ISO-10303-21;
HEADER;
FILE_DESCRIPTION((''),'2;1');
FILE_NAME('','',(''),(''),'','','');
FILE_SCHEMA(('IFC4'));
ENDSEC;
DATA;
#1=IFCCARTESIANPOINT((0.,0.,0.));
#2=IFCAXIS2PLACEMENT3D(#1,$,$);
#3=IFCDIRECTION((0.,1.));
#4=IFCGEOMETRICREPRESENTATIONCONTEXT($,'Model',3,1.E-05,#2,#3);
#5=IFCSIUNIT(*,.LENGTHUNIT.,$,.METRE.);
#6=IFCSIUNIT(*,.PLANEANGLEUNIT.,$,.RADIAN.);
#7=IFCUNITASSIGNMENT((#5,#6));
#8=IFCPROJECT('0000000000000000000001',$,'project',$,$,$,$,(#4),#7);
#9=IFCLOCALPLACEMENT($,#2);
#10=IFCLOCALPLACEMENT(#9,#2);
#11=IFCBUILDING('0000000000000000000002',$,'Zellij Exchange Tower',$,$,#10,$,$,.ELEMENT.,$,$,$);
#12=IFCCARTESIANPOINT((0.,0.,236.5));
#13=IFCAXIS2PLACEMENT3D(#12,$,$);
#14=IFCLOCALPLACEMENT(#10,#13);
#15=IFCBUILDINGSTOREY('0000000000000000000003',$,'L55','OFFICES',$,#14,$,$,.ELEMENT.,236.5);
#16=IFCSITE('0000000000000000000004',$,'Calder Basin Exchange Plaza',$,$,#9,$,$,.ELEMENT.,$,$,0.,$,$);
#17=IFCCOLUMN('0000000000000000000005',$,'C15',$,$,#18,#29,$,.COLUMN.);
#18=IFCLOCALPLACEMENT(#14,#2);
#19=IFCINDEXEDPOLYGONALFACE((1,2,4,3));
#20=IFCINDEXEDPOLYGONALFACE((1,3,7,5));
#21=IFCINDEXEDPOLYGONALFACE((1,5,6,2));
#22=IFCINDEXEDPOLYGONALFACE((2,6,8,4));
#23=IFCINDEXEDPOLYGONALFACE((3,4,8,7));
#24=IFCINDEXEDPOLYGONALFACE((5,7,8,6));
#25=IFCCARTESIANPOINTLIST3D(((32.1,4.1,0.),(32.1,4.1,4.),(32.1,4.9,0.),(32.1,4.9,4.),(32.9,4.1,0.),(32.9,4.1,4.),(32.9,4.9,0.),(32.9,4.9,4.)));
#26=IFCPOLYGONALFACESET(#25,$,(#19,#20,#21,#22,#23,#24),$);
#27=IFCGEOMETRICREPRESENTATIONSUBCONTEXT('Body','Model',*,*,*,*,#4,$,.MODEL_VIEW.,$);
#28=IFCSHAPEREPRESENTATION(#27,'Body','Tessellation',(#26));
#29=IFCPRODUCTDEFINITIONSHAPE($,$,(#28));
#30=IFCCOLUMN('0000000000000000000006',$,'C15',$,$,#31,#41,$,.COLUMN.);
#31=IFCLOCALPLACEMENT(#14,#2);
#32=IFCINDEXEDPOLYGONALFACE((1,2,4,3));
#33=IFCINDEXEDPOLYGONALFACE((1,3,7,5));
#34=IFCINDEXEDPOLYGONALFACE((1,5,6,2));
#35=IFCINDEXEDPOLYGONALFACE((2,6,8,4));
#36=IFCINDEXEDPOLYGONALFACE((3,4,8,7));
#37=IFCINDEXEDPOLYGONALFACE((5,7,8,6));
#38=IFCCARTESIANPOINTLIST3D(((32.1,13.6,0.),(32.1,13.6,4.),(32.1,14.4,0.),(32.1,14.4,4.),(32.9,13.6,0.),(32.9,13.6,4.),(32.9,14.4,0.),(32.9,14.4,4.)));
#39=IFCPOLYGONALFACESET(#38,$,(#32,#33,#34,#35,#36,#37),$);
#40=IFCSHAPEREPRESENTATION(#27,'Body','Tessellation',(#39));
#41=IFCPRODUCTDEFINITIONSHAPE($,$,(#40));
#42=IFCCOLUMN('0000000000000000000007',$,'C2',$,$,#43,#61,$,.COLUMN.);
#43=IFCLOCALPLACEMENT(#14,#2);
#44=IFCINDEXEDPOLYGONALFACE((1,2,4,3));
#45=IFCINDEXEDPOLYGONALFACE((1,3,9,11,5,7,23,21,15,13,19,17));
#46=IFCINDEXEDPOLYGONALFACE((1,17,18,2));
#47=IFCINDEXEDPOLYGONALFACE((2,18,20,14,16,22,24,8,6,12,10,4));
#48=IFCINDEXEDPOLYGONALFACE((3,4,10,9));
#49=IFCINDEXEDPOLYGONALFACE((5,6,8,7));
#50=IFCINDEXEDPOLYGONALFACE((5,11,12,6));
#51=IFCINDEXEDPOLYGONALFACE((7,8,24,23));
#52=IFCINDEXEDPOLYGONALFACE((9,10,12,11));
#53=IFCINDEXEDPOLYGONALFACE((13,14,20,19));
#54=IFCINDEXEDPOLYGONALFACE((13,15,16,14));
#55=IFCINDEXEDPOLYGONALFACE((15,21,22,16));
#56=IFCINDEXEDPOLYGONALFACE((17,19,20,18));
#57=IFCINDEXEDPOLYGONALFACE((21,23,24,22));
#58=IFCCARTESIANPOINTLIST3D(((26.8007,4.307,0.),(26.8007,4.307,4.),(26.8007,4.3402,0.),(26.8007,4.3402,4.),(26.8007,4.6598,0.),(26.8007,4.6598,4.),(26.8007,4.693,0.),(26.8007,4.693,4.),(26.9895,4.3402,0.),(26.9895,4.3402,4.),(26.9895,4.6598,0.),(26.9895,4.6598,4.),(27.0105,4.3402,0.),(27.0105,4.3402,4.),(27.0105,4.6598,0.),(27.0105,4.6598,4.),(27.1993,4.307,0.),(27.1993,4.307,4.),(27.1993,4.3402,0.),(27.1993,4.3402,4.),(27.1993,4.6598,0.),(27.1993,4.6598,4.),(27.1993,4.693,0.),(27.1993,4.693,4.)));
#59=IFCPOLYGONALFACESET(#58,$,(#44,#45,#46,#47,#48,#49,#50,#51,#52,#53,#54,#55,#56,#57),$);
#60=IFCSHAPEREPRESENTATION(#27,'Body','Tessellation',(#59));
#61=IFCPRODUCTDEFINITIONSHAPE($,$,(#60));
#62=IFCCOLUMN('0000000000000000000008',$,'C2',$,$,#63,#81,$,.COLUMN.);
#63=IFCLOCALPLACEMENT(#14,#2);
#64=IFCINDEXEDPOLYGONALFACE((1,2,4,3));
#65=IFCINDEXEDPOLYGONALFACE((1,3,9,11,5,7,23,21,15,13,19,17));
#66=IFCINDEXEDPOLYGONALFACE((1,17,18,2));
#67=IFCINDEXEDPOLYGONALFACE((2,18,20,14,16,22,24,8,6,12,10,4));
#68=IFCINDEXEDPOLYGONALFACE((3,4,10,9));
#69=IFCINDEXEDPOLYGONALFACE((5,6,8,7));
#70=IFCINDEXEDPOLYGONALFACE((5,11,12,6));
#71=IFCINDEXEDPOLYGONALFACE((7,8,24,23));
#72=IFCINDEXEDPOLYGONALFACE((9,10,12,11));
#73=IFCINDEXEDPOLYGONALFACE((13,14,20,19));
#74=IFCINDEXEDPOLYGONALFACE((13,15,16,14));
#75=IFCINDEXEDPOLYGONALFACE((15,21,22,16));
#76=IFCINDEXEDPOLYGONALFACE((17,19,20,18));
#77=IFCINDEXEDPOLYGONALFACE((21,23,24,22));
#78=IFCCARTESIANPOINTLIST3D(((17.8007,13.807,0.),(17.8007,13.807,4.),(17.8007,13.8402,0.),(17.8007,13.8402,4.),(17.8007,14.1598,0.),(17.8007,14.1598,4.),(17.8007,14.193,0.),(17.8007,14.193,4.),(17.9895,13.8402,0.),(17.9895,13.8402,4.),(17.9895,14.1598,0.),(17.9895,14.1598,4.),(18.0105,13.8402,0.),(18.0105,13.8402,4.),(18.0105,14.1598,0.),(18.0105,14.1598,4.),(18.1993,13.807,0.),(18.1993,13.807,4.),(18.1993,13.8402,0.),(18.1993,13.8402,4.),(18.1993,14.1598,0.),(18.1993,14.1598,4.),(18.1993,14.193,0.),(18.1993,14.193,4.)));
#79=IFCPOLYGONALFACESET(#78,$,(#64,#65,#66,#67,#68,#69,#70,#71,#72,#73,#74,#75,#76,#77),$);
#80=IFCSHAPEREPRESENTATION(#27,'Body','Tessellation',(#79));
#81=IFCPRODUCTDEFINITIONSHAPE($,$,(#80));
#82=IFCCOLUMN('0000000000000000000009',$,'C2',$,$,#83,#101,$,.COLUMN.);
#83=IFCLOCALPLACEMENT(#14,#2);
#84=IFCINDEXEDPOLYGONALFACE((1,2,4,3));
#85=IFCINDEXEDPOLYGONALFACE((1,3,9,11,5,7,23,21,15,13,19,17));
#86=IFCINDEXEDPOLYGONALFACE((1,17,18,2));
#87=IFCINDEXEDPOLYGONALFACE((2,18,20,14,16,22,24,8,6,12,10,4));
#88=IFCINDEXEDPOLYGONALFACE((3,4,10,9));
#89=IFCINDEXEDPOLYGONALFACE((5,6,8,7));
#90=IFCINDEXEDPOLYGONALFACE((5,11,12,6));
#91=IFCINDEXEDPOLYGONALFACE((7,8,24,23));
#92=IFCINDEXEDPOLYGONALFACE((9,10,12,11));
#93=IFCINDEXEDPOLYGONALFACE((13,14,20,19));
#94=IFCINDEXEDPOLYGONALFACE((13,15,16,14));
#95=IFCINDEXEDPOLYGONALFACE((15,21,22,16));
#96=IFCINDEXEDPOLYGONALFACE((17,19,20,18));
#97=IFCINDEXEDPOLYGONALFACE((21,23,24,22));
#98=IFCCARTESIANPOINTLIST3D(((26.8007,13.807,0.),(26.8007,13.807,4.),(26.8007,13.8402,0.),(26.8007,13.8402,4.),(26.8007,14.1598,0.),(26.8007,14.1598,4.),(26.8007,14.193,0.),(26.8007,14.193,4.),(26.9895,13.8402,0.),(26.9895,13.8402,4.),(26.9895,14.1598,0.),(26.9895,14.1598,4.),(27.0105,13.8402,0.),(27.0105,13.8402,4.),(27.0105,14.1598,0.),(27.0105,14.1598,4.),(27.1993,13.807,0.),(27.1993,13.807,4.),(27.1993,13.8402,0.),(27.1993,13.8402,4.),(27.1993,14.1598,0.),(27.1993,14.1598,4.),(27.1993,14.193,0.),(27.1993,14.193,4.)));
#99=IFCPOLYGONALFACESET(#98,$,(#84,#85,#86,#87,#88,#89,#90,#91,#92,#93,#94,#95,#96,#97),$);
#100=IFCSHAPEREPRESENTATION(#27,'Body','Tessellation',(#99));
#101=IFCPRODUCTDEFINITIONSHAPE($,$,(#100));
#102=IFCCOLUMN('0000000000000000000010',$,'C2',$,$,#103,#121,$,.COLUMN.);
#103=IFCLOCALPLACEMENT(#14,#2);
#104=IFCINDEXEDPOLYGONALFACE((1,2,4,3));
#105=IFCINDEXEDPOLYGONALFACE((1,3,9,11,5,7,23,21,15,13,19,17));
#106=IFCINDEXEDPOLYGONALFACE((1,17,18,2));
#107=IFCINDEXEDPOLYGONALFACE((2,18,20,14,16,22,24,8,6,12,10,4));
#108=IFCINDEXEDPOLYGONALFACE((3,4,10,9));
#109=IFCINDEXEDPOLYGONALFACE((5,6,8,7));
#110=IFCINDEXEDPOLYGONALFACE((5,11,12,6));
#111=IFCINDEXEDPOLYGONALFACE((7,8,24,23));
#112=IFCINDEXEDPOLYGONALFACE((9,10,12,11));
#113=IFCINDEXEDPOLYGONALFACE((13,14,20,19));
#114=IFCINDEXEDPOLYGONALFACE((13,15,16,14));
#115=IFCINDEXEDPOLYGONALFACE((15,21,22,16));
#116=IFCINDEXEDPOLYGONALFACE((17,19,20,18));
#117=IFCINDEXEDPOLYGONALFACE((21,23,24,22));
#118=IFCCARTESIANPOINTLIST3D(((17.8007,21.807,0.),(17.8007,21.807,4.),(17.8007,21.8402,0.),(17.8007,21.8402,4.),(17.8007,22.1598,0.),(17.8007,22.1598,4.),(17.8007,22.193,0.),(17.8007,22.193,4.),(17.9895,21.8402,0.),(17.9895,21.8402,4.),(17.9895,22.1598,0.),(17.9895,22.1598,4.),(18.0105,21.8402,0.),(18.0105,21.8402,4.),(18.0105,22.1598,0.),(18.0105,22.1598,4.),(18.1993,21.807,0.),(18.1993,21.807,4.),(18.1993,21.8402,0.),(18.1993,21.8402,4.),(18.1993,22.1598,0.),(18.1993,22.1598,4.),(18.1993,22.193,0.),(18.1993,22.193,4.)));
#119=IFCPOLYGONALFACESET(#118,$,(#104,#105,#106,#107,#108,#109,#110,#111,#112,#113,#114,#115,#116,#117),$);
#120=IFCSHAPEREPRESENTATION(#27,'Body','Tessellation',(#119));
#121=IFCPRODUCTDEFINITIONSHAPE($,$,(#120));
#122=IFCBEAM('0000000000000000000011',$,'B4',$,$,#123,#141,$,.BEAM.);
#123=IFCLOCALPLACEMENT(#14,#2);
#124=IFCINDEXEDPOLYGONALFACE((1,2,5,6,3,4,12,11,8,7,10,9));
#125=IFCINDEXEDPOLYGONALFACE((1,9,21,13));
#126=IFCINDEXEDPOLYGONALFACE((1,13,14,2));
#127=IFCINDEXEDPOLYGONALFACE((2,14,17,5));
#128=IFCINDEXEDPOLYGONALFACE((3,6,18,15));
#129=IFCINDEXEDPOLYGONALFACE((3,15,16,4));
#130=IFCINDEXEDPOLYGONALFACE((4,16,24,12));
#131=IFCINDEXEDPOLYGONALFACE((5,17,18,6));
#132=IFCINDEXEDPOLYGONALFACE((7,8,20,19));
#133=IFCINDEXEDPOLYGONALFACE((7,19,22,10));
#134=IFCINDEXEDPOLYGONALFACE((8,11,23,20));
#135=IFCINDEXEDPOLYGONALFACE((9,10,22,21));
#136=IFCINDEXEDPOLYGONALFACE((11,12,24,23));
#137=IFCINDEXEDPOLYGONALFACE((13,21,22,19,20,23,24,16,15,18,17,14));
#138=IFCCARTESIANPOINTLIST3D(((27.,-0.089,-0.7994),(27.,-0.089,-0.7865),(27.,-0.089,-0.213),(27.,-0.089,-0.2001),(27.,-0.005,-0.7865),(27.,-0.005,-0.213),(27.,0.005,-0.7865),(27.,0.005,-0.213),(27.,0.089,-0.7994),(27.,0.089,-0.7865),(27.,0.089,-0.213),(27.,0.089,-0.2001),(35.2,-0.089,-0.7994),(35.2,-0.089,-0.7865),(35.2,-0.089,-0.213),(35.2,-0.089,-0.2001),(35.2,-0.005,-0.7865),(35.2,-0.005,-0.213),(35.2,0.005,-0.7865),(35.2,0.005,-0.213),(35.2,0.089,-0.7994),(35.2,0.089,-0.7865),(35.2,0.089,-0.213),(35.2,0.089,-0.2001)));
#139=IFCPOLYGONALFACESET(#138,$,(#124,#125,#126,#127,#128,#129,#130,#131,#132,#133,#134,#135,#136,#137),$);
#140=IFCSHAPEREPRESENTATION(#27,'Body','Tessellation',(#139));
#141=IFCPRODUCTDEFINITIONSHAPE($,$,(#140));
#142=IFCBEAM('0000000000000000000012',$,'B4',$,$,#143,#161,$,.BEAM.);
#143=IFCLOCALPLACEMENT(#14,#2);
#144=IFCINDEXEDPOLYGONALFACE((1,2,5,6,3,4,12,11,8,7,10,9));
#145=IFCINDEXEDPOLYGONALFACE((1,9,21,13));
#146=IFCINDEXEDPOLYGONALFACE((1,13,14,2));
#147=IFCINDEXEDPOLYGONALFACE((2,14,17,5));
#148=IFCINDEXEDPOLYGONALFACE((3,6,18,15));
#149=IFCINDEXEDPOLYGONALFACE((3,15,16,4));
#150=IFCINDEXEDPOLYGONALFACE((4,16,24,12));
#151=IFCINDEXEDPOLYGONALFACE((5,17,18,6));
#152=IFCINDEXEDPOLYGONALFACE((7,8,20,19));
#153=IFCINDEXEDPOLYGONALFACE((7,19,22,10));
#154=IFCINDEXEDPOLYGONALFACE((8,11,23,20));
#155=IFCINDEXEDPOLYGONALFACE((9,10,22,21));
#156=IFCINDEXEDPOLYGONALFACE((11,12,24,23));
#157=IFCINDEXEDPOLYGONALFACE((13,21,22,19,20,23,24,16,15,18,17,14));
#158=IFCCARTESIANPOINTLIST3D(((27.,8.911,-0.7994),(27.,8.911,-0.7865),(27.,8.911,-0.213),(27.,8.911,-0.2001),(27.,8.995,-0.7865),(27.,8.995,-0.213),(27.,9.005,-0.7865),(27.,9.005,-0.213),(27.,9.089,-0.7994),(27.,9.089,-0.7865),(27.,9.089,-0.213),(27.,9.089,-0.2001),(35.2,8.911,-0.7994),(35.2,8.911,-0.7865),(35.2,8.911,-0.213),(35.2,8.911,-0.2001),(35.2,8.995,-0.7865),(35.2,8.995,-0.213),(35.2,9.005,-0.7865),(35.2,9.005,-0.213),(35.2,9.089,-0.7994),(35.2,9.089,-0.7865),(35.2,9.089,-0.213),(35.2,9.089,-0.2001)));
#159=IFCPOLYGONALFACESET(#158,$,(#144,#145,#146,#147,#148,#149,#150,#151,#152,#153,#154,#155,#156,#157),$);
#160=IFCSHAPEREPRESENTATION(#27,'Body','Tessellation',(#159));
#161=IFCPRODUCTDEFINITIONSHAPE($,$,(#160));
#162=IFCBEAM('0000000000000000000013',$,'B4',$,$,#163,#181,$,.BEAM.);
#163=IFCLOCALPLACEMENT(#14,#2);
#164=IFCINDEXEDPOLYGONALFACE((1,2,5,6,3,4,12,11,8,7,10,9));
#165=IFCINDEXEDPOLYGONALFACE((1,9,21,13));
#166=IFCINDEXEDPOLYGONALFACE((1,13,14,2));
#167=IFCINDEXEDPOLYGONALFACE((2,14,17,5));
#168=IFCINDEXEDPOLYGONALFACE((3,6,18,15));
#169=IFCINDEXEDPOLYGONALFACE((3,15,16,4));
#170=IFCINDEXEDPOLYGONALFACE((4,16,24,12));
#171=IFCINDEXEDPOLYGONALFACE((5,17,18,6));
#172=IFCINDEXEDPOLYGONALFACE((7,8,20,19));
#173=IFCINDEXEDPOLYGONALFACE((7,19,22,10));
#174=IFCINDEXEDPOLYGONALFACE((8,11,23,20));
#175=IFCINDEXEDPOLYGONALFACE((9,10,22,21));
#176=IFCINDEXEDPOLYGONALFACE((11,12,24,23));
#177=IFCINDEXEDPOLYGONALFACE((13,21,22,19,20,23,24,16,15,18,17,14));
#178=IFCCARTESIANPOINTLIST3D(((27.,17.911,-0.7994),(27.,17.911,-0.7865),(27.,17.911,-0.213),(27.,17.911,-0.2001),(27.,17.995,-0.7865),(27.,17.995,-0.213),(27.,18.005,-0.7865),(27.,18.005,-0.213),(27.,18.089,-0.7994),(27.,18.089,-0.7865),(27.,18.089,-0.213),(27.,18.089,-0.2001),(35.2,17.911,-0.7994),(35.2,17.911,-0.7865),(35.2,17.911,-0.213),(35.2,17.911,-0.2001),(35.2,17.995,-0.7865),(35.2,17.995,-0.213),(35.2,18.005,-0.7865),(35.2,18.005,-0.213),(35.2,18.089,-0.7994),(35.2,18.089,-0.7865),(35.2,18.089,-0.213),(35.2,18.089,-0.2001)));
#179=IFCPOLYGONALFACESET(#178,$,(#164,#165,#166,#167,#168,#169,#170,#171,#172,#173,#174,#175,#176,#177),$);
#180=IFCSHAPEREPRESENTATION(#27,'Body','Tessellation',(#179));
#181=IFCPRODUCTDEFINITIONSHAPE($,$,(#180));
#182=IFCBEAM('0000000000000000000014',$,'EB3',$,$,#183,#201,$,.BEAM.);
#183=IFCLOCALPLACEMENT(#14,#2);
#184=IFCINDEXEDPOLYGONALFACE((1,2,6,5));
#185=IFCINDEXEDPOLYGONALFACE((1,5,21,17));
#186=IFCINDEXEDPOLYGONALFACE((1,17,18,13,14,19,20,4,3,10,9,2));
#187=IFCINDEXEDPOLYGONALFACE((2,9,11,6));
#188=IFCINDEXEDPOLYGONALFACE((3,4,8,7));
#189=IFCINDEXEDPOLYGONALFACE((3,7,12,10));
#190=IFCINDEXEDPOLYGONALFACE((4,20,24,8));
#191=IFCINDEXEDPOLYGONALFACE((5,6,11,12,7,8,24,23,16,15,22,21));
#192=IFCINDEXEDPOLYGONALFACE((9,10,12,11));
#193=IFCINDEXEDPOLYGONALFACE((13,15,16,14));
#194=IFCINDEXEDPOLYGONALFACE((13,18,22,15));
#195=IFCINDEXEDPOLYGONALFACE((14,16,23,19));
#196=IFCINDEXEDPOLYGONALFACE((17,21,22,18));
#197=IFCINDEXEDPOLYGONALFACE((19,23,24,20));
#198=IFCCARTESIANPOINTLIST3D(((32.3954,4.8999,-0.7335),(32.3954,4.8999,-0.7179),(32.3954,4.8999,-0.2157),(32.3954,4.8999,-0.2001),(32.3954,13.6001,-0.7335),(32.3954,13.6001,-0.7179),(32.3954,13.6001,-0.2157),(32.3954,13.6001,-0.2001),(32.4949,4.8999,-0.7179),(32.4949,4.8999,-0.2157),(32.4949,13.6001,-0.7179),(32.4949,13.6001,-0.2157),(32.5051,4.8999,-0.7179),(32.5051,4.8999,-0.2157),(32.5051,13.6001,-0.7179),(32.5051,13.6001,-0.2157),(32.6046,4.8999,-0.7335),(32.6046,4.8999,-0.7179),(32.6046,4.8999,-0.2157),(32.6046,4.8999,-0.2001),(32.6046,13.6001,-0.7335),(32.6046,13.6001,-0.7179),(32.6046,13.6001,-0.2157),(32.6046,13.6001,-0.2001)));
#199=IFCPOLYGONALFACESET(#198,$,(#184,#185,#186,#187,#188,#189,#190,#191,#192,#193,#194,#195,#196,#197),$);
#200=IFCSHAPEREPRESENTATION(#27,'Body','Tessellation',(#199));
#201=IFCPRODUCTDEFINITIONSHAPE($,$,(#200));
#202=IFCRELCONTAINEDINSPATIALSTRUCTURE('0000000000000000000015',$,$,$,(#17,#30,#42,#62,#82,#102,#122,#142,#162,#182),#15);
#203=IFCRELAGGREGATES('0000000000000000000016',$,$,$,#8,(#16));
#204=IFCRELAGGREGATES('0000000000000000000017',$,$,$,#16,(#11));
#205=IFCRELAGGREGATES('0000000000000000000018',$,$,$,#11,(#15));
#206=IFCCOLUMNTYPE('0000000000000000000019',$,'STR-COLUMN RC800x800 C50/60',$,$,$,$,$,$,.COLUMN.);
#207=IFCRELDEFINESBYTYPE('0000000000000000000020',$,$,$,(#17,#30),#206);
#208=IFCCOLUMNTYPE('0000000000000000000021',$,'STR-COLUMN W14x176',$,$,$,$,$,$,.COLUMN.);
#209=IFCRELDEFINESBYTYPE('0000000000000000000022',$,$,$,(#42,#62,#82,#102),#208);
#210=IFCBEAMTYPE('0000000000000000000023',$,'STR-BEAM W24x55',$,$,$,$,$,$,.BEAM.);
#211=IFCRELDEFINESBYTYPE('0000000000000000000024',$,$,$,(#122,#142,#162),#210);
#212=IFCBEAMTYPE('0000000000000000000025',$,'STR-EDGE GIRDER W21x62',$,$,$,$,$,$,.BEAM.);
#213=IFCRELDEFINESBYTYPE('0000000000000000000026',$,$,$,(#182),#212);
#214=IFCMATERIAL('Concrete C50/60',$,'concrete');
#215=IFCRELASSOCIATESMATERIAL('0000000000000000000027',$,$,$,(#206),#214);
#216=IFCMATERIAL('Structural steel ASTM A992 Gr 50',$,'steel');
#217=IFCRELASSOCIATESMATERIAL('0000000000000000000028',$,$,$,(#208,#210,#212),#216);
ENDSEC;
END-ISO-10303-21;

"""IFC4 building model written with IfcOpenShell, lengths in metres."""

from ifc_helpers import new_model, si_unit, direction, frame, origin, origin_2d, place, context, subcontext, project, spatial, rectangle, i_section, extrude, material, material_profile, profile_set, type_object, element, save


model = new_model("IFC4")

# Units and contexts
model_context = context("Model", 3, precision=1e-05, world=origin(), true_north=direction((0.0, 1.0)))
body_context = subcontext(model_context, "Body", "Model", "MODEL_VIEW")
ifc_project = project(units=[si_unit("LENGTHUNIT", "METRE"), si_unit("PLANEANGLEUNIT", "RADIAN")], contexts=[model_context])

# Site, building, storey
site_placement = place(None, origin())
site = spatial("IfcSite", under=ifc_project, at=site_placement, Name="Calder Basin Exchange Plaza", CompositionType="ELEMENT", RefElevation=0.0)
building_placement = place(site_placement, origin())
building = spatial("IfcBuilding", under=site, at=building_placement, Name="Zellij Exchange Tower", CompositionType="ELEMENT")
storey_placement = place(building_placement, frame((0.0, 0.0, 236.5)))
storey = spatial("IfcBuildingStorey", under=building, at=storey_placement, Name="L55", Description="OFFICES", CompositionType="ELEMENT", Elevation=236.5)

# Columns
ifc_material_1 = material(Name="Concrete C50/60", Category="concrete")
ifc_material_profile_1 = material_profile(ifc_material_1, rectangle(XDim=0.8, YDim=0.8, at=origin_2d()), Name="STR-COLUMN RC800x800 C50/60")
ifc_profile_set_1 = profile_set([ifc_material_profile_1], Name="Concrete C50/60")
column_type_1 = type_object("IfcColumnType", Name="STR-COLUMN RC800x800 C50/60", PredefinedType="COLUMN", material=ifc_profile_set_1)
for number, where, z_axis, x_axis, name in (
    (1, (32.5, 4.5, 0.0), (0.0, 0.0, 1.0), (1.0, 0.0, 0.0), "C15"),
    (2, (32.5, 14.0, 0.0), (0.0, 0.0, 1.0), (1.0, 0.0, 0.0), "C15"),
):
    element("IfcColumn", number, at=place(storey_placement, frame(where, z_axis=z_axis, x_axis=x_axis)), inside=storey, type_object=column_type_1, Name=name, PredefinedType="COLUMN", context=body_context, shape_type="SweptSolid", body=[
        extrude(rectangle(XDim=0.8, YDim=0.8, at=origin_2d()), origin(), (0.0, 0.0, 1.0), 4.0),
    ])
ifc_material_2 = material(Name="Structural steel ASTM A992 Gr 50", Category="steel")
ifc_material_profile_2 = material_profile(ifc_material_2, i_section(OverallWidth=0.3987, OverallDepth=0.386, WebThickness=0.021, FlangeThickness=0.0332, at=origin_2d()), Name="W14x176")
ifc_profile_set_2 = profile_set([ifc_material_profile_2], Name="Structural steel ASTM A992 Gr 50")
column_type_2 = type_object("IfcColumnType", Name="STR-COLUMN W14x176", PredefinedType="COLUMN", material=ifc_profile_set_2)
for number, where, z_axis, x_axis, name in (
    (3, (27.0, 4.5, 0.0), (0.0, 0.0, 1.0), (1.0, 0.0, 0.0), "C2"),
    (4, (18.0, 14.0, 0.0), (0.0, 0.0, 1.0), (1.0, 0.0, 0.0), "C2"),
    (5, (27.0, 14.0, 0.0), (0.0, 0.0, 1.0), (1.0, 0.0, 0.0), "C2"),
    (6, (18.0, 22.0, 0.0), (0.0, 0.0, 1.0), (1.0, 0.0, 0.0), "C2"),
):
    element("IfcColumn", number, at=place(storey_placement, frame(where, z_axis=z_axis, x_axis=x_axis)), inside=storey, type_object=column_type_2, Name=name, PredefinedType="COLUMN", context=body_context, shape_type="SweptSolid", body=[
        extrude(i_section(OverallWidth=0.3987, OverallDepth=0.386, WebThickness=0.021, FlangeThickness=0.0332, at=origin_2d()), origin(), (0.0, 0.0, 1.0), 4.0),
    ])

# Beams
ifc_material_profile_3 = material_profile(ifc_material_2, i_section(OverallWidth=0.178, OverallDepth=0.5994, WebThickness=0.01, FlangeThickness=0.0129, at=origin_2d()), Name="W24x55")
ifc_profile_set_3 = profile_set([ifc_material_profile_3], Name="Structural steel ASTM A992 Gr 50")
beam_type_1 = type_object("IfcBeamType", Name="STR-BEAM W24x55", PredefinedType="BEAM", material=ifc_profile_set_3)
for number, where, z_axis, x_axis, name in (
    (7, (27.0, 0.0, -0.4998), (1.0, 0.0, 0.0), (0.0, 1.0, 0.0), "B4"),
    (8, (27.0, 9.0, -0.4998), (1.0, 0.0, 0.0), (0.0, 1.0, 0.0), "B4"),
    (9, (27.0, 18.0, -0.4998), (1.0, 0.0, 0.0), (0.0, 1.0, 0.0), "B4"),
):
    element("IfcBeam", number, at=place(storey_placement, frame(where, z_axis=z_axis, x_axis=x_axis)), inside=storey, type_object=beam_type_1, Name=name, PredefinedType="BEAM", context=body_context, shape_type="SweptSolid", body=[
        extrude(i_section(OverallWidth=0.178, OverallDepth=0.5994, WebThickness=0.01, FlangeThickness=0.0129, at=origin_2d()), origin(), (0.0, 0.0, 1.0), 8.2),
    ])
ifc_material_profile_4 = material_profile(ifc_material_2, i_section(OverallWidth=0.2092, OverallDepth=0.5334, WebThickness=0.0103, FlangeThickness=0.0156, at=origin_2d()), Name="W21x62")
ifc_profile_set_4 = profile_set([ifc_material_profile_4], Name="Structural steel ASTM A992 Gr 50")
beam_type_2 = type_object("IfcBeamType", Name="STR-EDGE GIRDER W21x62", PredefinedType="BEAM", material=ifc_profile_set_4)
beam_1_placement = place(storey_placement, frame((32.5, 4.8999, -0.4668), z_axis=(0.0, 1.0, 0.0), x_axis=(-1.0, 0.0, 0.0)))
element("IfcBeam", 10, at=beam_1_placement, inside=storey, type_object=beam_type_2, Name="EB3", PredefinedType="BEAM", context=body_context, shape_type="SweptSolid", body=[
    extrude(i_section(OverallWidth=0.2092, OverallDepth=0.5334, WebThickness=0.0103, FlangeThickness=0.0156, at=origin_2d()), origin(), (0.0, 0.0, 1.0), 8.7002),
])

save(model, "model.ifc")
